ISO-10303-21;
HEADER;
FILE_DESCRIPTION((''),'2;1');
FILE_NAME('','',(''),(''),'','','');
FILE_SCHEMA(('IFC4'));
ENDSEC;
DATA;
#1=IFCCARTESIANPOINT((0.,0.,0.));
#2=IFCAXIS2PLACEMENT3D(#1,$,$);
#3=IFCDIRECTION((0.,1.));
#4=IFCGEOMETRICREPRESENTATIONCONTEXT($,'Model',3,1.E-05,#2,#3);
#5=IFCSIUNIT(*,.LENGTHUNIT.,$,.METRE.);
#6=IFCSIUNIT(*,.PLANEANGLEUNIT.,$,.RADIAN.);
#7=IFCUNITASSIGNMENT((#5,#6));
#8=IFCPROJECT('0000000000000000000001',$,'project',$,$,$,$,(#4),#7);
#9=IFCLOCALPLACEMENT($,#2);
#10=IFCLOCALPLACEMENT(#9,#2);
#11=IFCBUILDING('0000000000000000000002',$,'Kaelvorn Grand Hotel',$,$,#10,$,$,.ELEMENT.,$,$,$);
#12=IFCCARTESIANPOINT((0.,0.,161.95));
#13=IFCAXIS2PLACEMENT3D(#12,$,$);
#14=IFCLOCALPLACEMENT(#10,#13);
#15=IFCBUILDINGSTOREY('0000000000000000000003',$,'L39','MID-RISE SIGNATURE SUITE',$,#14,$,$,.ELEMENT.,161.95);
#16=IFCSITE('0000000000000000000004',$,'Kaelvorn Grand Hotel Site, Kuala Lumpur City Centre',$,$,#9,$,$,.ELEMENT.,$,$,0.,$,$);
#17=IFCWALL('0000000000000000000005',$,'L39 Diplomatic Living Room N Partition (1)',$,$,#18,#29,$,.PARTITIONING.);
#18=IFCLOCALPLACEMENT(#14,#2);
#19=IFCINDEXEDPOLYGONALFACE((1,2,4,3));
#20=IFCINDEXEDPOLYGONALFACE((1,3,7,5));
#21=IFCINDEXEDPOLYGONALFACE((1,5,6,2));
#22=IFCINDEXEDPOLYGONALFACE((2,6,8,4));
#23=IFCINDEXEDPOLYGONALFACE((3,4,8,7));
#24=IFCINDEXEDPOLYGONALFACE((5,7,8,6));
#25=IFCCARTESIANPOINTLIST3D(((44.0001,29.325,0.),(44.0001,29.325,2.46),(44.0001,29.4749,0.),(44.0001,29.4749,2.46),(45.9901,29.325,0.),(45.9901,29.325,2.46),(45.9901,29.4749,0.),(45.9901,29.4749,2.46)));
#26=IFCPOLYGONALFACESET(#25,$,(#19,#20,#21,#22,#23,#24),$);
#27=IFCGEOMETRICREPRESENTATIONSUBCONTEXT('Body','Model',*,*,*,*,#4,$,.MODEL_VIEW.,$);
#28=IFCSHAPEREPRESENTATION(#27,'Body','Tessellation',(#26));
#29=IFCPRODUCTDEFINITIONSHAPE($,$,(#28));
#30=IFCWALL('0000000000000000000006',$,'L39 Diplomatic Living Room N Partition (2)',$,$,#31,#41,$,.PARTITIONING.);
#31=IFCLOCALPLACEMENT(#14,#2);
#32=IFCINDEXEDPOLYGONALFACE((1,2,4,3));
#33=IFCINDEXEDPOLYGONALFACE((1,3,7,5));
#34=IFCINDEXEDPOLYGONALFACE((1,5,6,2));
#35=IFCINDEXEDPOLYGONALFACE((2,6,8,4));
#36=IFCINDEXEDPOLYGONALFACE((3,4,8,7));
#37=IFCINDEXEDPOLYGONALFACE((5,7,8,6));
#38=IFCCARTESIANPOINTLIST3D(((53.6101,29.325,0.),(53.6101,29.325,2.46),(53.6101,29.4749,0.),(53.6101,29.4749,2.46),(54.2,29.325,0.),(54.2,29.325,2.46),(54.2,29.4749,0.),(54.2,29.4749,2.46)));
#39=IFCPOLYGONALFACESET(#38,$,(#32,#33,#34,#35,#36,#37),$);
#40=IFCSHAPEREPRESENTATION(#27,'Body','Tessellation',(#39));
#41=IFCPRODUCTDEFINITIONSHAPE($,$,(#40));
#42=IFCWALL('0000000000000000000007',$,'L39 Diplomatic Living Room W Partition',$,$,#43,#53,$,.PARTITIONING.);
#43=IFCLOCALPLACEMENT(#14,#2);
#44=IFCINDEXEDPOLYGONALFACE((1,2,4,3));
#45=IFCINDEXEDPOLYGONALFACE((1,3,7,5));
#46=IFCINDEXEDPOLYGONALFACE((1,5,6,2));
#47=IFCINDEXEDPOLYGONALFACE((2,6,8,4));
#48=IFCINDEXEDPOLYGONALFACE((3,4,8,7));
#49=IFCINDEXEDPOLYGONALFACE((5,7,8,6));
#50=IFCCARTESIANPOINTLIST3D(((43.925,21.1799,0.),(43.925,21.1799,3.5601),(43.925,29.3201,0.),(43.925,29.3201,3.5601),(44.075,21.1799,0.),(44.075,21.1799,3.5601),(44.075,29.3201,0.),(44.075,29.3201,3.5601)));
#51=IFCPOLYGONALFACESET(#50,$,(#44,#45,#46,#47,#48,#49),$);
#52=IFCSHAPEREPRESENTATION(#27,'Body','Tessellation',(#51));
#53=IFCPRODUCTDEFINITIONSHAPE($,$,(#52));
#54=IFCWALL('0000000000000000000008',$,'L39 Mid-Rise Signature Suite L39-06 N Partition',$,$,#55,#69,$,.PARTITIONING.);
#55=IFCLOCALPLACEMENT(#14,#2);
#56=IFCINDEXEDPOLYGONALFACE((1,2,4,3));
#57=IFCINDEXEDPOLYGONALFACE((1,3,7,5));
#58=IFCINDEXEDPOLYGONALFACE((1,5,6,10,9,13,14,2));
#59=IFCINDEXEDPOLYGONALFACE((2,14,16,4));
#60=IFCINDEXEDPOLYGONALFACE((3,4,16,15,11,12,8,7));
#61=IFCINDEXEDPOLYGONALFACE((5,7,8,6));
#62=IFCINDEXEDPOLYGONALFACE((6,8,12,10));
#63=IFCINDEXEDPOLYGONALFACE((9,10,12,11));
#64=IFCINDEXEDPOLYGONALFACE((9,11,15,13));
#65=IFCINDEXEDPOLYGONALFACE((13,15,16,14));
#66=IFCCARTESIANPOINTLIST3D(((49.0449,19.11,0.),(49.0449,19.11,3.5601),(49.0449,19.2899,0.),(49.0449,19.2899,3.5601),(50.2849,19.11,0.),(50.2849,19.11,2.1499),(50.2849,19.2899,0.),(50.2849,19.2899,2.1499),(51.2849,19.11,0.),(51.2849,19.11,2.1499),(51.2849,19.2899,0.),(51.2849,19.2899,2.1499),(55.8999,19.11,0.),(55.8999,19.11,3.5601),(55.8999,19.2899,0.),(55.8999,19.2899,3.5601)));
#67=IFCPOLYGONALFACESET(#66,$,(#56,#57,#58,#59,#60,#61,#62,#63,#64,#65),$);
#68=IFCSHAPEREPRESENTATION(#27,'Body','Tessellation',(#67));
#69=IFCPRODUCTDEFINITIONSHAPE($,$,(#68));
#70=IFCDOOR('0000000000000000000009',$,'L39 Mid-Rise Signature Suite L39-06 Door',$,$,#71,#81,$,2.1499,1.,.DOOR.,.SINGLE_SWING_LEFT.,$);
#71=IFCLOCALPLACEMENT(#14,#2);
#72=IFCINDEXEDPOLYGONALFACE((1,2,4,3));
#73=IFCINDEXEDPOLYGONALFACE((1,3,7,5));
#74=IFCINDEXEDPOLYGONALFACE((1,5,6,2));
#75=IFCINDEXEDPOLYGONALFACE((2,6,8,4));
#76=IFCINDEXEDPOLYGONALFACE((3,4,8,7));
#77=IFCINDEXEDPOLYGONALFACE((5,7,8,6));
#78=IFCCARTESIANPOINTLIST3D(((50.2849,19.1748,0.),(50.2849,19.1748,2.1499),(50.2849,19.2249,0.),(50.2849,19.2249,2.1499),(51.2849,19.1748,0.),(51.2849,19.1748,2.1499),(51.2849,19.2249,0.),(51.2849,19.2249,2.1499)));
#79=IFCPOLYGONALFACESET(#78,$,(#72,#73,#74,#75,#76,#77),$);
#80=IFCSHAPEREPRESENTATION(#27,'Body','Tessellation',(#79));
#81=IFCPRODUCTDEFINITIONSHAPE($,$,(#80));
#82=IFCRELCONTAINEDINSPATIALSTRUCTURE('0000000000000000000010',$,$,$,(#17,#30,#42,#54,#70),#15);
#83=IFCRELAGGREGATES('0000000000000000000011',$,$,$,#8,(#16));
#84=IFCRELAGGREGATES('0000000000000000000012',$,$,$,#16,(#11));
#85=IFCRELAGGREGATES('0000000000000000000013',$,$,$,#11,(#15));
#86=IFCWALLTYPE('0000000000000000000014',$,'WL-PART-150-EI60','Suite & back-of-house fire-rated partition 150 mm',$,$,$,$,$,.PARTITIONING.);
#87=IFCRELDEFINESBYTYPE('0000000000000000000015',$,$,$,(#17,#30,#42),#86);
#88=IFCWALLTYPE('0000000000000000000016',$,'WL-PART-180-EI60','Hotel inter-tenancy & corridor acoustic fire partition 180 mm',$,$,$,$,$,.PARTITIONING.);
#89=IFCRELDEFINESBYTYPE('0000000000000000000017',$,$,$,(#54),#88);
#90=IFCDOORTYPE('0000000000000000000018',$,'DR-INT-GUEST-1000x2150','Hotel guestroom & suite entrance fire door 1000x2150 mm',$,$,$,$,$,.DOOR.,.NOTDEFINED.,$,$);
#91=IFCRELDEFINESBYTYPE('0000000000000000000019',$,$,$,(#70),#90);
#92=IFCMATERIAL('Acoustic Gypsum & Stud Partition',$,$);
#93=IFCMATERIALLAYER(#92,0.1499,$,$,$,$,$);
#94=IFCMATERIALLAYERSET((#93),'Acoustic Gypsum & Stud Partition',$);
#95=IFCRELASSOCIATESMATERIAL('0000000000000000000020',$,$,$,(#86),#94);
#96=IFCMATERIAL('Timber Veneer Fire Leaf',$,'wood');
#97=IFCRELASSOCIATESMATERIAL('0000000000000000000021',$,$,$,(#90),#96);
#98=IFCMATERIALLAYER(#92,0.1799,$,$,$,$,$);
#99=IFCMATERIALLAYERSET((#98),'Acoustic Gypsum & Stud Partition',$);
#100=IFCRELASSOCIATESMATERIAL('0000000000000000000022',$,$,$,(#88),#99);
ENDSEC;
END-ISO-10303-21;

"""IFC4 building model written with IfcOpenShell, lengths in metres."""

from ifc_helpers import new_model, si_unit, direction, frame, frame_2d, origin, place, context, subcontext, project, spatial, rectangle, extrude, material, layer, layer_set, type_object, element, fill, save


model = new_model("IFC4")

# Units and contexts
model_context = context("Model", 3, precision=1e-05, world=origin(), true_north=direction((0.0, 1.0)))
body_context = subcontext(model_context, "Body", "Model", "MODEL_VIEW")
ifc_project = project(units=[si_unit("LENGTHUNIT", "METRE"), si_unit("PLANEANGLEUNIT", "RADIAN")], contexts=[model_context])

# Site, building, storey
site_placement = place(None, origin())
site = spatial("IfcSite", under=ifc_project, at=site_placement, Name="Kaelvorn Grand Hotel Site, Kuala Lumpur City Centre", CompositionType="ELEMENT", RefElevation=0.0)
building_placement = place(site_placement, origin())
building = spatial("IfcBuilding", under=site, at=building_placement, Name="Kaelvorn Grand Hotel", CompositionType="ELEMENT")
storey_placement = place(building_placement, frame((0.0, 0.0, 161.95)))
storey = spatial("IfcBuildingStorey", under=building, at=storey_placement, Name="L39", Description="MID-RISE SIGNATURE SUITE", CompositionType="ELEMENT", Elevation=161.95)

# Shared definitions
ifc_material_1 = material(Name="Acoustic Gypsum & Stud Partition")
ifc_layer_1 = layer(ifc_material_1, 0.1499)
ifc_layer_set_1 = layer_set([ifc_layer_1], Name="Acoustic Gypsum & Stud Partition")
wall_type_1 = type_object("IfcWallType", Name="WL-PART-150-EI60", Description="Suite & back-of-house fire-rated partition 150 mm", PredefinedType="PARTITIONING", material=ifc_layer_set_1)
ifc_material_2 = material(Name="Timber Veneer Fire Leaf", Category="wood")
door_type_1 = type_object("IfcDoorType", Name="DR-INT-GUEST-1000x2150", Description="Hotel guestroom & suite entrance fire door 1000x2150 mm", OperationType="NOTDEFINED", PredefinedType="DOOR", material=ifc_material_2)

# Walls
wall_1_placement = place(storey_placement, frame((44.0, 29.3999, 0.0), z_axis=(0.0, 0.0, 1.0), x_axis=(1.0, 0.0, 0.0)))
element("IfcWall", 1, at=wall_1_placement, inside=storey, type_object=wall_type_1, Name="L39 Diplomatic Living Room N Partition (1)", PredefinedType="PARTITIONING", context=body_context, shape_type="SweptSolid", body=[
    extrude(rectangle(XDim=1.99, YDim=0.1499, at=frame_2d((0.9951, 0.0))), origin(), (0.0, 0.0, 1.0), 2.46),
])
wall_2_placement = place(storey_placement, frame((53.6101, 29.3999, 0.0), z_axis=(0.0, 0.0, 1.0), x_axis=(1.0, 0.0, 0.0)))
element("IfcWall", 2, at=wall_2_placement, inside=storey, type_object=wall_type_1, Name="L39 Diplomatic Living Room N Partition (2)", PredefinedType="PARTITIONING", context=body_context, shape_type="SweptSolid", body=[
    extrude(rectangle(XDim=0.5898, YDim=0.1499, at=frame_2d((0.2949, 0.0))), origin(), (0.0, 0.0, 1.0), 2.46),
])
wall_3_placement = place(storey_placement, frame((44.0, 21.1799, 0.0), z_axis=(0.0, 0.0, 1.0), x_axis=(0.0, 1.0, 0.0)))
element("IfcWall", 3, at=wall_3_placement, inside=storey, type_object=wall_type_1, Name="L39 Diplomatic Living Room W Partition", PredefinedType="PARTITIONING", context=body_context, shape_type="SweptSolid", body=[
    extrude(rectangle(XDim=8.1401, YDim=0.1499, at=frame_2d((4.0701, 0.0))), origin(), (0.0, 0.0, 1.0), 3.5601),
])

# Wall, opening, door
ifc_layer_2 = layer(ifc_material_1, 0.1799)
ifc_layer_set_2 = layer_set([ifc_layer_2], Name="Acoustic Gypsum & Stud Partition")
wall_type_2 = type_object("IfcWallType", Name="WL-PART-180-EI60", Description="Hotel inter-tenancy & corridor acoustic fire partition 180 mm", PredefinedType="PARTITIONING", material=ifc_layer_set_2)
wall_4_placement = place(storey_placement, frame((49.0449, 19.2, 0.0), z_axis=(0.0, 0.0, 1.0), x_axis=(1.0, 0.0, 0.0)))
wall_4 = element("IfcWall", 4, at=wall_4_placement, inside=storey, type_object=wall_type_2, Name="L39 Mid-Rise Signature Suite L39-06 N Partition", PredefinedType="PARTITIONING", context=body_context, shape_type="SweptSolid", body=[
    extrude(rectangle(XDim=6.855, YDim=0.1799, at=frame_2d((3.4275, 0.0))), origin(), (0.0, 0.0, 1.0), 3.5601),
])
opening_1_placement = place(wall_4_placement, frame((1.24, 0.0, 0.0)))
opening_1 = element("IfcOpeningElement", 5, at=opening_1_placement, cuts=wall_4, PredefinedType="OPENING", context=body_context, shape_type="SweptSolid", body=[
    extrude(rectangle(XDim=1.0, YDim=2.1499, at=frame_2d((0.5, 1.075))), frame((0.0, 0.1001, 0.0), z_axis=(0.0, -1.0, 0.0), x_axis=(1.0, 0.0, 0.0)), (0.0, 0.0, 1.0), 0.2),
])
door_1_placement = place(opening_1_placement, origin())
door_1 = element("IfcDoor", 6, at=door_1_placement, inside=storey, type_object=door_type_1, Name="L39 Mid-Rise Signature Suite L39-06 Door", OperationType="SINGLE_SWING_LEFT", OverallHeight=2.1499, OverallWidth=1.0, PredefinedType="DOOR", context=body_context, shape_type="SweptSolid", body=[
    extrude(rectangle(XDim=1.0, YDim=2.1499, at=frame_2d((0.5, 1.075))), frame((0.0, 0.0249, 0.0), z_axis=(0.0, -1.0, 0.0), x_axis=(1.0, 0.0, 0.0)), (0.0, 0.0, 1.0), 0.05),
])
fill(opening_1, door_1)

save(model, "model.ifc")
